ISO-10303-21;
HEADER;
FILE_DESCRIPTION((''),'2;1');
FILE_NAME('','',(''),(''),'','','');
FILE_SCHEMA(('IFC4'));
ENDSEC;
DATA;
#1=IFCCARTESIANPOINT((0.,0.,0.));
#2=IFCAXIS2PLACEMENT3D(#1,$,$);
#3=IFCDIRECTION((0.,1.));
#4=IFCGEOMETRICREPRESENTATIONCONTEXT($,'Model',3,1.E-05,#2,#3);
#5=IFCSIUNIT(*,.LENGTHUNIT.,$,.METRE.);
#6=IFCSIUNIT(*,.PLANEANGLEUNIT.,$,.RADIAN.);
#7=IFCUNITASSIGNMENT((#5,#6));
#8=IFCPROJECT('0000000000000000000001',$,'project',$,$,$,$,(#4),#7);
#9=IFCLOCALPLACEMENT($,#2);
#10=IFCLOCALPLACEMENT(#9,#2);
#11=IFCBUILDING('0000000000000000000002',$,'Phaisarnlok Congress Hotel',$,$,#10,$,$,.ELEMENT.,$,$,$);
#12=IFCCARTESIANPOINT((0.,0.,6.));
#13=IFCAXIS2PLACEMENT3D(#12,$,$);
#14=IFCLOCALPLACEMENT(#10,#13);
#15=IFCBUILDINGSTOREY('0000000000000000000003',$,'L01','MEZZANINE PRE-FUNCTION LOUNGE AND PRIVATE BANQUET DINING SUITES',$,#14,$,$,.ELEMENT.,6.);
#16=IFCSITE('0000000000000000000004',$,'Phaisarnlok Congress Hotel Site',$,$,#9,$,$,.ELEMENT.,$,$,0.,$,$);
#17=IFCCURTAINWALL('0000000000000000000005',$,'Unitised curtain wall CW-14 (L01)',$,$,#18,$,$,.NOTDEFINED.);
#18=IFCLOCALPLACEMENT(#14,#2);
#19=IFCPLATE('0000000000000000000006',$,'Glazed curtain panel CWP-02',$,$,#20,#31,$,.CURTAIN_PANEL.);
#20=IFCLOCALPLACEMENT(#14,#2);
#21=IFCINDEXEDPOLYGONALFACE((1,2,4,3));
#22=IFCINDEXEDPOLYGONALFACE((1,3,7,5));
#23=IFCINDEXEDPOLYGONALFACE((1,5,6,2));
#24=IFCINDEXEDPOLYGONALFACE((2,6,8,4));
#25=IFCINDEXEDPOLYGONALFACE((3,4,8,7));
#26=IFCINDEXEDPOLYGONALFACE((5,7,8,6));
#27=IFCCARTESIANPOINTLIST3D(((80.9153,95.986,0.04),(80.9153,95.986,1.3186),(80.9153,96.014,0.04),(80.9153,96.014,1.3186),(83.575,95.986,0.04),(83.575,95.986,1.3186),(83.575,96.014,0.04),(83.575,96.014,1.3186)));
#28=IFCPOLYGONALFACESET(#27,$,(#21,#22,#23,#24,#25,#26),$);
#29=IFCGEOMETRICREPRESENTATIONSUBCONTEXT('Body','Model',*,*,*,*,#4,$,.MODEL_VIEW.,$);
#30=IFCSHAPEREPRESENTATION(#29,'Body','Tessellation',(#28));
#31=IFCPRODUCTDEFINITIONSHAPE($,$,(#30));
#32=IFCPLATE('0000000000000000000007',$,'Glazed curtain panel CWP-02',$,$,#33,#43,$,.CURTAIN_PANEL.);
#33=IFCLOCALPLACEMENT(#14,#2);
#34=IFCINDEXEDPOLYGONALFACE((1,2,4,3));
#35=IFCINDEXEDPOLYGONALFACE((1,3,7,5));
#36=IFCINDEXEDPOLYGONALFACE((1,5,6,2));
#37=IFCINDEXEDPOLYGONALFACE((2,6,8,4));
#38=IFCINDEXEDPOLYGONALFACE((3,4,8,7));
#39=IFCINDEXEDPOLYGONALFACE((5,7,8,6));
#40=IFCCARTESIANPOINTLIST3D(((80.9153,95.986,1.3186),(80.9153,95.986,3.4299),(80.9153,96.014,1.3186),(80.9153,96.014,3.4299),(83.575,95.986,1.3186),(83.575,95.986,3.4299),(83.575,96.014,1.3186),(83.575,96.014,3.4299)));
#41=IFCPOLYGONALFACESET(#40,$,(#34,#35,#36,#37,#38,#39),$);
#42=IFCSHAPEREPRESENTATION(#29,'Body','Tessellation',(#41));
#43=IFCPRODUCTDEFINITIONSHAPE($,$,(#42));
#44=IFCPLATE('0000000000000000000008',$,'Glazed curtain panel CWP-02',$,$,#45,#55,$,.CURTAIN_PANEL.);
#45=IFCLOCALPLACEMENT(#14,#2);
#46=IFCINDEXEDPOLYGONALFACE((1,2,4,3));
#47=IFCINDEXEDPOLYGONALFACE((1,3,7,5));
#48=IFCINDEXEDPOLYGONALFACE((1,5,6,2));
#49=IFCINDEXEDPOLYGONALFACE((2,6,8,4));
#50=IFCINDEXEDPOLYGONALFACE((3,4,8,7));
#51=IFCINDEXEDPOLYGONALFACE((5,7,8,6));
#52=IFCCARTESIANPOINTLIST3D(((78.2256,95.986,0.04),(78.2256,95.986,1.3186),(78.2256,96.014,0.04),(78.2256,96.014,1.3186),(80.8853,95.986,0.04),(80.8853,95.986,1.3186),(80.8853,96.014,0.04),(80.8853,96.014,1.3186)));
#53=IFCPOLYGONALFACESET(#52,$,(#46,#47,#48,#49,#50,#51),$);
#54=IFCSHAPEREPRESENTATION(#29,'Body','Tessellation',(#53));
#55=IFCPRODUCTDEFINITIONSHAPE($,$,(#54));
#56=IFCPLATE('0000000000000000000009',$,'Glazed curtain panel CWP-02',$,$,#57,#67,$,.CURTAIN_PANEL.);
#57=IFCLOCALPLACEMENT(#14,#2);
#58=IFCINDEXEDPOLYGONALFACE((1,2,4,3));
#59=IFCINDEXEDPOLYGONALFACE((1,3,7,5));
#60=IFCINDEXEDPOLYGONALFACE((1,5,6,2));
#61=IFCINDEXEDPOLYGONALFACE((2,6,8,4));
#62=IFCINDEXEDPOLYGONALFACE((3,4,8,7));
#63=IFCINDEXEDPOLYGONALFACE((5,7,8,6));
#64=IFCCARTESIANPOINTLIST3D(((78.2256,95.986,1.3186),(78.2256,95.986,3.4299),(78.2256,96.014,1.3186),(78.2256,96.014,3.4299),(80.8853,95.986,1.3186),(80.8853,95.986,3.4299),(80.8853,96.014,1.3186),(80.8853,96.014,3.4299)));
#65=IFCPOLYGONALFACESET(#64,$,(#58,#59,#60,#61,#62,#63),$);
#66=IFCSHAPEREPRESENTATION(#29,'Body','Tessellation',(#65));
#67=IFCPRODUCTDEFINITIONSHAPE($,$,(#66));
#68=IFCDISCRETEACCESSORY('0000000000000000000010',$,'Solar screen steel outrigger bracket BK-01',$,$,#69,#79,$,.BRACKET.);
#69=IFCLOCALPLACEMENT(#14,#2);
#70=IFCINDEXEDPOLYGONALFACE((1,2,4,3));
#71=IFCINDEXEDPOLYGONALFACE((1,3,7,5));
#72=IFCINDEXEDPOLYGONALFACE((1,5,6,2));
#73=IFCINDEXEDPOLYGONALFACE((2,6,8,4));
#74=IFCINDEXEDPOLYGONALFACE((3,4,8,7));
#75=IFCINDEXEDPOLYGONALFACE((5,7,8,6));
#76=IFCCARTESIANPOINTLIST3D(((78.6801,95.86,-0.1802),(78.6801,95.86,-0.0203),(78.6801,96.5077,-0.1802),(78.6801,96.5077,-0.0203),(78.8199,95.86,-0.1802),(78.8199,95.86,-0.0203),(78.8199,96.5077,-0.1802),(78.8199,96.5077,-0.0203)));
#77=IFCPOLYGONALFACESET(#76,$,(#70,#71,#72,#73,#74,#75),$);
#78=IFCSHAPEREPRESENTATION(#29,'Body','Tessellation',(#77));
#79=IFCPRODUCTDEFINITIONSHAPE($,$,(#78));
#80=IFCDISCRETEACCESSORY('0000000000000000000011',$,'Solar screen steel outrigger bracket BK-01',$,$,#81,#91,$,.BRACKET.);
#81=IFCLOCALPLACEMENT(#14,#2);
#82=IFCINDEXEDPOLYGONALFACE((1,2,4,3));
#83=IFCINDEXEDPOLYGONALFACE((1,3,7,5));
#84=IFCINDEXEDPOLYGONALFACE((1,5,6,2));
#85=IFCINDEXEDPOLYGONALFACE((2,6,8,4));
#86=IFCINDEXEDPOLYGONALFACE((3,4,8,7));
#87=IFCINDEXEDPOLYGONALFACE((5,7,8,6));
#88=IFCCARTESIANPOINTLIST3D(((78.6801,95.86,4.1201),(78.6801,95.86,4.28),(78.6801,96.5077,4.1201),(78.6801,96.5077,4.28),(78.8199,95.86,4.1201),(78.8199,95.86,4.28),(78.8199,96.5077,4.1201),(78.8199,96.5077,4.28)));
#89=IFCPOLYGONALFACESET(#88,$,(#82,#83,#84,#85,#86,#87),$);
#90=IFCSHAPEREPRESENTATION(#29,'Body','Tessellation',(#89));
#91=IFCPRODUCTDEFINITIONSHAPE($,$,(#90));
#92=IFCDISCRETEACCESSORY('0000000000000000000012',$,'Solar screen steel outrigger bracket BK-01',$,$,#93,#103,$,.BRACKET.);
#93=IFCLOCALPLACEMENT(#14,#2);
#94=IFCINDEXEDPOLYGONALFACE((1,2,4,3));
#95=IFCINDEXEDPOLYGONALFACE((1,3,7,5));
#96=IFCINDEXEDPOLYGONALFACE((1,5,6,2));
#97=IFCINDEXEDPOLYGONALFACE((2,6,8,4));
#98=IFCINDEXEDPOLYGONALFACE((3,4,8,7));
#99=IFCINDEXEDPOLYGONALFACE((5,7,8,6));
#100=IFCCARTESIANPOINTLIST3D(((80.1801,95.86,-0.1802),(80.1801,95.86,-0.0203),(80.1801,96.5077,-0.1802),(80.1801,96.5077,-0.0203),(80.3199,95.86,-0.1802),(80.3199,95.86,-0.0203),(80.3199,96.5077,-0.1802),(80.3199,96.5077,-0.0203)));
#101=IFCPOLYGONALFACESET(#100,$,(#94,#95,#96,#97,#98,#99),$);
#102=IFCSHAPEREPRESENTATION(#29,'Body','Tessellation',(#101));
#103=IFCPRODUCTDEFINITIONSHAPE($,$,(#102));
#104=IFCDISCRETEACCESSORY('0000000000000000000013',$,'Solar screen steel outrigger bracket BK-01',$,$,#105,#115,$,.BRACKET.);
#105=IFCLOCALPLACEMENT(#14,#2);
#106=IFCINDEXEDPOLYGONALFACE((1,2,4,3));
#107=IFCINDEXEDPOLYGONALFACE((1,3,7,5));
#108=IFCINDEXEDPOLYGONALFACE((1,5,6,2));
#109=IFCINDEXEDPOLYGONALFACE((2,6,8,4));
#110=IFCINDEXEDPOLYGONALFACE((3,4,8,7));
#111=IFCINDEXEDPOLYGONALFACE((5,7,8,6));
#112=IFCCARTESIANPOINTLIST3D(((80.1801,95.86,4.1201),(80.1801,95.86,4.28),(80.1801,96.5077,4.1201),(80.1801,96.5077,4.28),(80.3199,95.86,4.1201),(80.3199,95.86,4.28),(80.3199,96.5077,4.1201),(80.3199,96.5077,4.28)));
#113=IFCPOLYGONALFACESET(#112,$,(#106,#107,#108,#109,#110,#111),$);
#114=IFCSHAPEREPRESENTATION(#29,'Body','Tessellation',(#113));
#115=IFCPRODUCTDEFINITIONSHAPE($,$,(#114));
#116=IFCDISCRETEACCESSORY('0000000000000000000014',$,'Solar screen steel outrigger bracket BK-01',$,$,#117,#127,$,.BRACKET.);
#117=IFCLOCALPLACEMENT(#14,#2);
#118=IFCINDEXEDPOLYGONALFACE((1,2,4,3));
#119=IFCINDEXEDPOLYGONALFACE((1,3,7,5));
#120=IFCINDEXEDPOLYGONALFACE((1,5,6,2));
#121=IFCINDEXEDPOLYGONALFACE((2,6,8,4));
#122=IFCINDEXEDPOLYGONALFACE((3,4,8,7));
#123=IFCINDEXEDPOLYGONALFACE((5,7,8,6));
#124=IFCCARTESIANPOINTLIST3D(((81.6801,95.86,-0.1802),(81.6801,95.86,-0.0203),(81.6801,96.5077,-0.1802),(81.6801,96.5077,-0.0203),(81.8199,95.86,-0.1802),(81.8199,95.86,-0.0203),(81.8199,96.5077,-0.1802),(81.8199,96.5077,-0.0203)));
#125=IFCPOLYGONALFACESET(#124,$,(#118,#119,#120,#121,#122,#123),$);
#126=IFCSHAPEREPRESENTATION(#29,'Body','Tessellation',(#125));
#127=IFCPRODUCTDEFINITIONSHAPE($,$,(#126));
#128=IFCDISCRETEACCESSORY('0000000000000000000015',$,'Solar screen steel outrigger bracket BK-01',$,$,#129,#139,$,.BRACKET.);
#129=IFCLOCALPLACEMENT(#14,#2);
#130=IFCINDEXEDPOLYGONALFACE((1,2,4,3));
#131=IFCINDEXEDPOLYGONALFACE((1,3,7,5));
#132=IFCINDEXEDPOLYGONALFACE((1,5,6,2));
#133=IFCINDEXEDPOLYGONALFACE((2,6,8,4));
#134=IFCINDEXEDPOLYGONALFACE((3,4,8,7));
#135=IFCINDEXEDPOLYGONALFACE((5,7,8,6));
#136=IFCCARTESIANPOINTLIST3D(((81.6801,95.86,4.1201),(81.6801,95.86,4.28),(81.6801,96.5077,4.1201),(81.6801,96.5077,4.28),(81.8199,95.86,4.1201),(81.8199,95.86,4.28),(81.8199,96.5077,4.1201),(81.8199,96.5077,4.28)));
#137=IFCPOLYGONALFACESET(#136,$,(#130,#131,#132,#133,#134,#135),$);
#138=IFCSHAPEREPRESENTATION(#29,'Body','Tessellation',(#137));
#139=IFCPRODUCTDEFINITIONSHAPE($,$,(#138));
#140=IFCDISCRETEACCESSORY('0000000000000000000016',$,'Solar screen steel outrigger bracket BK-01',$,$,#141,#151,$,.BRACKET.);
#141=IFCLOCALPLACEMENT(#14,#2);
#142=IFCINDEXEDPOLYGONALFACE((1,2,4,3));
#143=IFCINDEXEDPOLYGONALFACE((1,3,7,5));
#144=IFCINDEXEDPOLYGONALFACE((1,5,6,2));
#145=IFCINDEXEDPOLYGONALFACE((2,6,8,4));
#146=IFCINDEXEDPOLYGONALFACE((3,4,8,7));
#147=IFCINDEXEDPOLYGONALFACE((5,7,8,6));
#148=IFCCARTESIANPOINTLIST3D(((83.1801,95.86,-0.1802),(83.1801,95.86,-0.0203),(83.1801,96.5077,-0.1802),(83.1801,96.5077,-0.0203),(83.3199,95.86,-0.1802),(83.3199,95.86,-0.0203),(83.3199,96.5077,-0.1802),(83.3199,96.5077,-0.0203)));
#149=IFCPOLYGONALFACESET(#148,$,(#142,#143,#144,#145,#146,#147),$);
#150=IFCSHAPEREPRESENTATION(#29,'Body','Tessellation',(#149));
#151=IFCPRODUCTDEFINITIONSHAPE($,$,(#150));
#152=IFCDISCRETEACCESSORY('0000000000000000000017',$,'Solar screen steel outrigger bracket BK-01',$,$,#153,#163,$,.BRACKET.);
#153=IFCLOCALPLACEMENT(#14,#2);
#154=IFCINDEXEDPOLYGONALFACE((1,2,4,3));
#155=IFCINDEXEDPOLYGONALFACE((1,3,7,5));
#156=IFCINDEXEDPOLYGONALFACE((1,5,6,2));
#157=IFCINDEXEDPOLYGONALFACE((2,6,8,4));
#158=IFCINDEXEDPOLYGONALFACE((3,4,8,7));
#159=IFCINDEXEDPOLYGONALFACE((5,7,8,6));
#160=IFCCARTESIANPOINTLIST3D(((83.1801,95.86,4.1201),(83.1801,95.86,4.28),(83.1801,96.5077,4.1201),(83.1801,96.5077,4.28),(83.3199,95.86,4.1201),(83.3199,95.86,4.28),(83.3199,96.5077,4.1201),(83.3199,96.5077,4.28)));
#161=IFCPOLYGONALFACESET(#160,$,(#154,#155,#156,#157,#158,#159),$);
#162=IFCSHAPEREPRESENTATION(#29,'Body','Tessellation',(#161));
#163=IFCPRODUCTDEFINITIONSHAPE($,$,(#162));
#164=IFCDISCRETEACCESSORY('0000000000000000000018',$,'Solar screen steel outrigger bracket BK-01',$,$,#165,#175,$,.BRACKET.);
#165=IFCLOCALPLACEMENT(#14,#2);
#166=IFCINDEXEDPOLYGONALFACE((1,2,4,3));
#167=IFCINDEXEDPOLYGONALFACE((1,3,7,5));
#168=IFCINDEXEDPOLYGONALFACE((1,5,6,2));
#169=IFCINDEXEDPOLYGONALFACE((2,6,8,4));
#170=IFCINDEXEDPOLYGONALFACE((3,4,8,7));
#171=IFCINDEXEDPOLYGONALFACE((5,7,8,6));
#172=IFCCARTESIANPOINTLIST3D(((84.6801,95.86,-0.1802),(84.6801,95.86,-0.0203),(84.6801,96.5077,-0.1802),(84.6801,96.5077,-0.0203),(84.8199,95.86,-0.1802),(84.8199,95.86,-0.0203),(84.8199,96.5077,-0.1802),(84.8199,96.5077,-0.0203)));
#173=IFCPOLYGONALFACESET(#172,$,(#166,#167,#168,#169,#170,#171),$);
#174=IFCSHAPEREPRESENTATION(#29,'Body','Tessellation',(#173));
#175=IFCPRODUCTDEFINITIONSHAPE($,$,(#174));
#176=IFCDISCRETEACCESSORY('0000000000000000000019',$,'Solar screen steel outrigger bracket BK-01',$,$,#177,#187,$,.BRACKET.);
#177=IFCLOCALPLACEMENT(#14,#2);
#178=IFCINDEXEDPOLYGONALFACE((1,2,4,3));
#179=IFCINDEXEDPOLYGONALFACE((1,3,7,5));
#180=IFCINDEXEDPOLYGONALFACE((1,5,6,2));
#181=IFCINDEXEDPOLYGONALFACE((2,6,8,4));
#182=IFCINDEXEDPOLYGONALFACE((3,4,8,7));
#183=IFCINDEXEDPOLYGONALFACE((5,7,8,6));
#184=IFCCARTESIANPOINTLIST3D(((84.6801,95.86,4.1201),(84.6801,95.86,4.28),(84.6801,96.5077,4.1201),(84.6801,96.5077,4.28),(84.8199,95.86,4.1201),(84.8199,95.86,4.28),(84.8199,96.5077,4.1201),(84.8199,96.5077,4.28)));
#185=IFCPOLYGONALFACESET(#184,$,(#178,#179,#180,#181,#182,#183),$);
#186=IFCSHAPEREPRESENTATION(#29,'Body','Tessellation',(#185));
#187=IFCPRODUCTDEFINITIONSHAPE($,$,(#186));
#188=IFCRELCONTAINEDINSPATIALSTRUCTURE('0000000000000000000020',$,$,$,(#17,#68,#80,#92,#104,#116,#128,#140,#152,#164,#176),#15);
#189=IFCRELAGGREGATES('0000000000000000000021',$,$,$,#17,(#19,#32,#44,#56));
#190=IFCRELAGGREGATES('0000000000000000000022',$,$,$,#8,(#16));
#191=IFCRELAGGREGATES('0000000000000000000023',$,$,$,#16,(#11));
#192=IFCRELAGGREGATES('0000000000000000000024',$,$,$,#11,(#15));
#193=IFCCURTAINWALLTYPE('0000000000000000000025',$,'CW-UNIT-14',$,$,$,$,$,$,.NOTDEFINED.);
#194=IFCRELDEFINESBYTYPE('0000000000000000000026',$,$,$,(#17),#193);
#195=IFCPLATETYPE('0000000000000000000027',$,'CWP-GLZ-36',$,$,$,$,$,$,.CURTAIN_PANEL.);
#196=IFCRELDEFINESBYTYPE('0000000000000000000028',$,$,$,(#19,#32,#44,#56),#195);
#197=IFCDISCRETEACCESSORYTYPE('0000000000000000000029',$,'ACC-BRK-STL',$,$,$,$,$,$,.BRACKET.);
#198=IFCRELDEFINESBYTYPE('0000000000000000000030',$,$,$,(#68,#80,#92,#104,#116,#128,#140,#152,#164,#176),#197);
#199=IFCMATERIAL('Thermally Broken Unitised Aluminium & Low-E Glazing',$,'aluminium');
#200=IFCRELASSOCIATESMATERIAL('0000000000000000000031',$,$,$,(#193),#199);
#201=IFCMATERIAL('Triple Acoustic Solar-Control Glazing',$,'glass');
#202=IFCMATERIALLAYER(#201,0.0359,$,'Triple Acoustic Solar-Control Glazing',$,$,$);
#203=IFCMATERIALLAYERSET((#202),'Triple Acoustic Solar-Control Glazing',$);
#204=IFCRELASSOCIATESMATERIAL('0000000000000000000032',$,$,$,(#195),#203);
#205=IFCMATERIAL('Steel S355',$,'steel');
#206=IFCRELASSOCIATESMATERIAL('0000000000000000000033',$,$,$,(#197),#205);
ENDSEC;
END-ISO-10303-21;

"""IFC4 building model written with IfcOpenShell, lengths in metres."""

from ifc_helpers import new_model, si_unit, direction, frame, frame_2d, origin, origin_2d, place, context, subcontext, project, spatial, rectangle, extrude, material, layer, layer_set, type_object, element, aggregate, save


model = new_model("IFC4")

# Units and contexts
model_context = context("Model", 3, precision=1e-05, world=origin(), true_north=direction((0.0, 1.0)))
body_context = subcontext(model_context, "Body", "Model", "MODEL_VIEW")
ifc_project = project(units=[si_unit("LENGTHUNIT", "METRE"), si_unit("PLANEANGLEUNIT", "RADIAN")], contexts=[model_context])

# Site, building, storey
site_placement = place(None, origin())
site = spatial("IfcSite", under=ifc_project, at=site_placement, Name="Phaisarnlok Congress Hotel Site", CompositionType="ELEMENT", RefElevation=0.0)
building_placement = place(site_placement, origin())
building = spatial("IfcBuilding", under=site, at=building_placement, Name="Phaisarnlok Congress Hotel", CompositionType="ELEMENT")
storey_placement = place(building_placement, frame((0.0, 0.0, 6.0)))
storey = spatial("IfcBuildingStorey", under=building, at=storey_placement, Name="L01", Description="MEZZANINE PRE-FUNCTION LOUNGE AND PRIVATE BANQUET DINING SUITES", CompositionType="ELEMENT", Elevation=6.0)

# Shared definitions
ifc_material_1 = material(Name="Thermally Broken Unitised Aluminium & Low-E Glazing", Category="aluminium")

# Curtain wall
curtain_wall_type_1 = type_object("IfcCurtainWallType", Name="CW-UNIT-14", PredefinedType="NOTDEFINED", material=ifc_material_1)
curtain_wall_1_placement = place(storey_placement, origin())
curtain_wall_1 = element("IfcCurtainWall", 1, at=curtain_wall_1_placement, inside=storey, type_object=curtain_wall_type_1, Name="Unitised curtain wall CW-14 (L01)", PredefinedType="NOTDEFINED")

# Plates
ifc_material_2 = material(Name="Triple Acoustic Solar-Control Glazing", Category="glass")
ifc_layer = layer(ifc_material_2, 0.0359, Name="Triple Acoustic Solar-Control Glazing")
ifc_layer_set = layer_set([ifc_layer], Name="Triple Acoustic Solar-Control Glazing")
plate_type = type_object("IfcPlateType", Name="CWP-GLZ-36", PredefinedType="CURTAIN_PANEL", material=ifc_layer_set)
plate_1_placement = place(storey_placement, frame((83.575, 96.0, 0.04), z_axis=(0.0, 0.0, 1.0), x_axis=(-1.0, 0.0, 0.0)))
plate_1 = element("IfcPlate", 2, at=plate_1_placement, type_object=plate_type, Name="Glazed curtain panel CWP-02", PredefinedType="CURTAIN_PANEL", context=body_context, shape_type="SweptSolid", body=[
    extrude(rectangle(XDim=2.6597, YDim=0.0281, at=frame_2d((1.3298, 0.0))), origin(), (0.0, 0.0, 1.0), 1.2786),
])
plate_2_placement = place(storey_placement, frame((83.575, 96.0, 1.3186), z_axis=(0.0, 0.0, 1.0), x_axis=(-1.0, 0.0, 0.0)))
plate_2 = element("IfcPlate", 3, at=plate_2_placement, type_object=plate_type, Name="Glazed curtain panel CWP-02", PredefinedType="CURTAIN_PANEL", context=body_context, shape_type="SweptSolid", body=[
    extrude(rectangle(XDim=2.6597, YDim=0.0281, at=frame_2d((1.3298, 0.0))), origin(), (0.0, 0.0, 1.0), 2.1113),
])
plate_3_placement = place(storey_placement, frame((80.8853, 96.0, 0.04), z_axis=(0.0, 0.0, 1.0), x_axis=(-1.0, 0.0, 0.0)))
plate_3 = element("IfcPlate", 4, at=plate_3_placement, type_object=plate_type, Name="Glazed curtain panel CWP-02", PredefinedType="CURTAIN_PANEL", context=body_context, shape_type="SweptSolid", body=[
    extrude(rectangle(XDim=2.6597, YDim=0.0281, at=frame_2d((1.3298, 0.0))), origin(), (0.0, 0.0, 1.0), 1.2786),
])
plate_4_placement = place(storey_placement, frame((80.8853, 96.0, 1.3186), z_axis=(0.0, 0.0, 1.0), x_axis=(-1.0, 0.0, 0.0)))
plate_4 = element("IfcPlate", 5, at=plate_4_placement, type_object=plate_type, Name="Glazed curtain panel CWP-02", PredefinedType="CURTAIN_PANEL", context=body_context, shape_type="SweptSolid", body=[
    extrude(rectangle(XDim=2.6597, YDim=0.0281, at=frame_2d((1.3298, 0.0))), origin(), (0.0, 0.0, 1.0), 2.1113),
])
aggregate(curtain_wall_1, [plate_1, plate_2, plate_3, plate_4])

# Discrete accessories
ifc_material_3 = material(Name="Steel S355", Category="steel")
discrete_accessory_type = type_object("IfcDiscreteAccessoryType", Name="ACC-BRK-STL", PredefinedType="BRACKET", material=ifc_material_3)
for number, where, z_axis, x_axis, name in (
    (6, (78.75, 96.1838, -0.1802), (0.0, 0.0, 1.0), (1.0, 0.0, 0.0), "Solar screen steel outrigger bracket BK-01"),
    (7, (78.75, 96.1838, 4.1201), (0.0, 0.0, 1.0), (1.0, 0.0, 0.0), "Solar screen steel outrigger bracket BK-01"),
    (8, (80.25, 96.1838, -0.1802), (0.0, 0.0, 1.0), (1.0, 0.0, 0.0), "Solar screen steel outrigger bracket BK-01"),
    (9, (80.25, 96.1838, 4.1201), (0.0, 0.0, 1.0), (1.0, 0.0, 0.0), "Solar screen steel outrigger bracket BK-01"),
    (10, (81.75, 96.1838, -0.1802), (0.0, 0.0, 1.0), (1.0, 0.0, 0.0), "Solar screen steel outrigger bracket BK-01"),
    (11, (81.75, 96.1838, 4.1201), (0.0, 0.0, 1.0), (1.0, 0.0, 0.0), "Solar screen steel outrigger bracket BK-01"),
    (12, (83.25, 96.1838, -0.1802), (0.0, 0.0, 1.0), (1.0, 0.0, 0.0), "Solar screen steel outrigger bracket BK-01"),
    (13, (83.25, 96.1838, 4.1201), (0.0, 0.0, 1.0), (1.0, 0.0, 0.0), "Solar screen steel outrigger bracket BK-01"),
    (14, (84.75, 96.1838, -0.1802), (0.0, 0.0, 1.0), (1.0, 0.0, 0.0), "Solar screen steel outrigger bracket BK-01"),
    (15, (84.75, 96.1838, 4.1201), (0.0, 0.0, 1.0), (1.0, 0.0, 0.0), "Solar screen steel outrigger bracket BK-01"),
):
    element("IfcDiscreteAccessory", number, at=place(storey_placement, frame(where, z_axis=z_axis, x_axis=x_axis)), inside=storey, type_object=discrete_accessory_type, Name=name, PredefinedType="BRACKET", context=body_context, shape_type="SweptSolid", body=[
        extrude(rectangle(XDim=0.1399, YDim=0.6477, at=origin_2d()), origin(), (0.0, 0.0, 1.0), 0.1599),
    ])

save(model, "model.ifc")
